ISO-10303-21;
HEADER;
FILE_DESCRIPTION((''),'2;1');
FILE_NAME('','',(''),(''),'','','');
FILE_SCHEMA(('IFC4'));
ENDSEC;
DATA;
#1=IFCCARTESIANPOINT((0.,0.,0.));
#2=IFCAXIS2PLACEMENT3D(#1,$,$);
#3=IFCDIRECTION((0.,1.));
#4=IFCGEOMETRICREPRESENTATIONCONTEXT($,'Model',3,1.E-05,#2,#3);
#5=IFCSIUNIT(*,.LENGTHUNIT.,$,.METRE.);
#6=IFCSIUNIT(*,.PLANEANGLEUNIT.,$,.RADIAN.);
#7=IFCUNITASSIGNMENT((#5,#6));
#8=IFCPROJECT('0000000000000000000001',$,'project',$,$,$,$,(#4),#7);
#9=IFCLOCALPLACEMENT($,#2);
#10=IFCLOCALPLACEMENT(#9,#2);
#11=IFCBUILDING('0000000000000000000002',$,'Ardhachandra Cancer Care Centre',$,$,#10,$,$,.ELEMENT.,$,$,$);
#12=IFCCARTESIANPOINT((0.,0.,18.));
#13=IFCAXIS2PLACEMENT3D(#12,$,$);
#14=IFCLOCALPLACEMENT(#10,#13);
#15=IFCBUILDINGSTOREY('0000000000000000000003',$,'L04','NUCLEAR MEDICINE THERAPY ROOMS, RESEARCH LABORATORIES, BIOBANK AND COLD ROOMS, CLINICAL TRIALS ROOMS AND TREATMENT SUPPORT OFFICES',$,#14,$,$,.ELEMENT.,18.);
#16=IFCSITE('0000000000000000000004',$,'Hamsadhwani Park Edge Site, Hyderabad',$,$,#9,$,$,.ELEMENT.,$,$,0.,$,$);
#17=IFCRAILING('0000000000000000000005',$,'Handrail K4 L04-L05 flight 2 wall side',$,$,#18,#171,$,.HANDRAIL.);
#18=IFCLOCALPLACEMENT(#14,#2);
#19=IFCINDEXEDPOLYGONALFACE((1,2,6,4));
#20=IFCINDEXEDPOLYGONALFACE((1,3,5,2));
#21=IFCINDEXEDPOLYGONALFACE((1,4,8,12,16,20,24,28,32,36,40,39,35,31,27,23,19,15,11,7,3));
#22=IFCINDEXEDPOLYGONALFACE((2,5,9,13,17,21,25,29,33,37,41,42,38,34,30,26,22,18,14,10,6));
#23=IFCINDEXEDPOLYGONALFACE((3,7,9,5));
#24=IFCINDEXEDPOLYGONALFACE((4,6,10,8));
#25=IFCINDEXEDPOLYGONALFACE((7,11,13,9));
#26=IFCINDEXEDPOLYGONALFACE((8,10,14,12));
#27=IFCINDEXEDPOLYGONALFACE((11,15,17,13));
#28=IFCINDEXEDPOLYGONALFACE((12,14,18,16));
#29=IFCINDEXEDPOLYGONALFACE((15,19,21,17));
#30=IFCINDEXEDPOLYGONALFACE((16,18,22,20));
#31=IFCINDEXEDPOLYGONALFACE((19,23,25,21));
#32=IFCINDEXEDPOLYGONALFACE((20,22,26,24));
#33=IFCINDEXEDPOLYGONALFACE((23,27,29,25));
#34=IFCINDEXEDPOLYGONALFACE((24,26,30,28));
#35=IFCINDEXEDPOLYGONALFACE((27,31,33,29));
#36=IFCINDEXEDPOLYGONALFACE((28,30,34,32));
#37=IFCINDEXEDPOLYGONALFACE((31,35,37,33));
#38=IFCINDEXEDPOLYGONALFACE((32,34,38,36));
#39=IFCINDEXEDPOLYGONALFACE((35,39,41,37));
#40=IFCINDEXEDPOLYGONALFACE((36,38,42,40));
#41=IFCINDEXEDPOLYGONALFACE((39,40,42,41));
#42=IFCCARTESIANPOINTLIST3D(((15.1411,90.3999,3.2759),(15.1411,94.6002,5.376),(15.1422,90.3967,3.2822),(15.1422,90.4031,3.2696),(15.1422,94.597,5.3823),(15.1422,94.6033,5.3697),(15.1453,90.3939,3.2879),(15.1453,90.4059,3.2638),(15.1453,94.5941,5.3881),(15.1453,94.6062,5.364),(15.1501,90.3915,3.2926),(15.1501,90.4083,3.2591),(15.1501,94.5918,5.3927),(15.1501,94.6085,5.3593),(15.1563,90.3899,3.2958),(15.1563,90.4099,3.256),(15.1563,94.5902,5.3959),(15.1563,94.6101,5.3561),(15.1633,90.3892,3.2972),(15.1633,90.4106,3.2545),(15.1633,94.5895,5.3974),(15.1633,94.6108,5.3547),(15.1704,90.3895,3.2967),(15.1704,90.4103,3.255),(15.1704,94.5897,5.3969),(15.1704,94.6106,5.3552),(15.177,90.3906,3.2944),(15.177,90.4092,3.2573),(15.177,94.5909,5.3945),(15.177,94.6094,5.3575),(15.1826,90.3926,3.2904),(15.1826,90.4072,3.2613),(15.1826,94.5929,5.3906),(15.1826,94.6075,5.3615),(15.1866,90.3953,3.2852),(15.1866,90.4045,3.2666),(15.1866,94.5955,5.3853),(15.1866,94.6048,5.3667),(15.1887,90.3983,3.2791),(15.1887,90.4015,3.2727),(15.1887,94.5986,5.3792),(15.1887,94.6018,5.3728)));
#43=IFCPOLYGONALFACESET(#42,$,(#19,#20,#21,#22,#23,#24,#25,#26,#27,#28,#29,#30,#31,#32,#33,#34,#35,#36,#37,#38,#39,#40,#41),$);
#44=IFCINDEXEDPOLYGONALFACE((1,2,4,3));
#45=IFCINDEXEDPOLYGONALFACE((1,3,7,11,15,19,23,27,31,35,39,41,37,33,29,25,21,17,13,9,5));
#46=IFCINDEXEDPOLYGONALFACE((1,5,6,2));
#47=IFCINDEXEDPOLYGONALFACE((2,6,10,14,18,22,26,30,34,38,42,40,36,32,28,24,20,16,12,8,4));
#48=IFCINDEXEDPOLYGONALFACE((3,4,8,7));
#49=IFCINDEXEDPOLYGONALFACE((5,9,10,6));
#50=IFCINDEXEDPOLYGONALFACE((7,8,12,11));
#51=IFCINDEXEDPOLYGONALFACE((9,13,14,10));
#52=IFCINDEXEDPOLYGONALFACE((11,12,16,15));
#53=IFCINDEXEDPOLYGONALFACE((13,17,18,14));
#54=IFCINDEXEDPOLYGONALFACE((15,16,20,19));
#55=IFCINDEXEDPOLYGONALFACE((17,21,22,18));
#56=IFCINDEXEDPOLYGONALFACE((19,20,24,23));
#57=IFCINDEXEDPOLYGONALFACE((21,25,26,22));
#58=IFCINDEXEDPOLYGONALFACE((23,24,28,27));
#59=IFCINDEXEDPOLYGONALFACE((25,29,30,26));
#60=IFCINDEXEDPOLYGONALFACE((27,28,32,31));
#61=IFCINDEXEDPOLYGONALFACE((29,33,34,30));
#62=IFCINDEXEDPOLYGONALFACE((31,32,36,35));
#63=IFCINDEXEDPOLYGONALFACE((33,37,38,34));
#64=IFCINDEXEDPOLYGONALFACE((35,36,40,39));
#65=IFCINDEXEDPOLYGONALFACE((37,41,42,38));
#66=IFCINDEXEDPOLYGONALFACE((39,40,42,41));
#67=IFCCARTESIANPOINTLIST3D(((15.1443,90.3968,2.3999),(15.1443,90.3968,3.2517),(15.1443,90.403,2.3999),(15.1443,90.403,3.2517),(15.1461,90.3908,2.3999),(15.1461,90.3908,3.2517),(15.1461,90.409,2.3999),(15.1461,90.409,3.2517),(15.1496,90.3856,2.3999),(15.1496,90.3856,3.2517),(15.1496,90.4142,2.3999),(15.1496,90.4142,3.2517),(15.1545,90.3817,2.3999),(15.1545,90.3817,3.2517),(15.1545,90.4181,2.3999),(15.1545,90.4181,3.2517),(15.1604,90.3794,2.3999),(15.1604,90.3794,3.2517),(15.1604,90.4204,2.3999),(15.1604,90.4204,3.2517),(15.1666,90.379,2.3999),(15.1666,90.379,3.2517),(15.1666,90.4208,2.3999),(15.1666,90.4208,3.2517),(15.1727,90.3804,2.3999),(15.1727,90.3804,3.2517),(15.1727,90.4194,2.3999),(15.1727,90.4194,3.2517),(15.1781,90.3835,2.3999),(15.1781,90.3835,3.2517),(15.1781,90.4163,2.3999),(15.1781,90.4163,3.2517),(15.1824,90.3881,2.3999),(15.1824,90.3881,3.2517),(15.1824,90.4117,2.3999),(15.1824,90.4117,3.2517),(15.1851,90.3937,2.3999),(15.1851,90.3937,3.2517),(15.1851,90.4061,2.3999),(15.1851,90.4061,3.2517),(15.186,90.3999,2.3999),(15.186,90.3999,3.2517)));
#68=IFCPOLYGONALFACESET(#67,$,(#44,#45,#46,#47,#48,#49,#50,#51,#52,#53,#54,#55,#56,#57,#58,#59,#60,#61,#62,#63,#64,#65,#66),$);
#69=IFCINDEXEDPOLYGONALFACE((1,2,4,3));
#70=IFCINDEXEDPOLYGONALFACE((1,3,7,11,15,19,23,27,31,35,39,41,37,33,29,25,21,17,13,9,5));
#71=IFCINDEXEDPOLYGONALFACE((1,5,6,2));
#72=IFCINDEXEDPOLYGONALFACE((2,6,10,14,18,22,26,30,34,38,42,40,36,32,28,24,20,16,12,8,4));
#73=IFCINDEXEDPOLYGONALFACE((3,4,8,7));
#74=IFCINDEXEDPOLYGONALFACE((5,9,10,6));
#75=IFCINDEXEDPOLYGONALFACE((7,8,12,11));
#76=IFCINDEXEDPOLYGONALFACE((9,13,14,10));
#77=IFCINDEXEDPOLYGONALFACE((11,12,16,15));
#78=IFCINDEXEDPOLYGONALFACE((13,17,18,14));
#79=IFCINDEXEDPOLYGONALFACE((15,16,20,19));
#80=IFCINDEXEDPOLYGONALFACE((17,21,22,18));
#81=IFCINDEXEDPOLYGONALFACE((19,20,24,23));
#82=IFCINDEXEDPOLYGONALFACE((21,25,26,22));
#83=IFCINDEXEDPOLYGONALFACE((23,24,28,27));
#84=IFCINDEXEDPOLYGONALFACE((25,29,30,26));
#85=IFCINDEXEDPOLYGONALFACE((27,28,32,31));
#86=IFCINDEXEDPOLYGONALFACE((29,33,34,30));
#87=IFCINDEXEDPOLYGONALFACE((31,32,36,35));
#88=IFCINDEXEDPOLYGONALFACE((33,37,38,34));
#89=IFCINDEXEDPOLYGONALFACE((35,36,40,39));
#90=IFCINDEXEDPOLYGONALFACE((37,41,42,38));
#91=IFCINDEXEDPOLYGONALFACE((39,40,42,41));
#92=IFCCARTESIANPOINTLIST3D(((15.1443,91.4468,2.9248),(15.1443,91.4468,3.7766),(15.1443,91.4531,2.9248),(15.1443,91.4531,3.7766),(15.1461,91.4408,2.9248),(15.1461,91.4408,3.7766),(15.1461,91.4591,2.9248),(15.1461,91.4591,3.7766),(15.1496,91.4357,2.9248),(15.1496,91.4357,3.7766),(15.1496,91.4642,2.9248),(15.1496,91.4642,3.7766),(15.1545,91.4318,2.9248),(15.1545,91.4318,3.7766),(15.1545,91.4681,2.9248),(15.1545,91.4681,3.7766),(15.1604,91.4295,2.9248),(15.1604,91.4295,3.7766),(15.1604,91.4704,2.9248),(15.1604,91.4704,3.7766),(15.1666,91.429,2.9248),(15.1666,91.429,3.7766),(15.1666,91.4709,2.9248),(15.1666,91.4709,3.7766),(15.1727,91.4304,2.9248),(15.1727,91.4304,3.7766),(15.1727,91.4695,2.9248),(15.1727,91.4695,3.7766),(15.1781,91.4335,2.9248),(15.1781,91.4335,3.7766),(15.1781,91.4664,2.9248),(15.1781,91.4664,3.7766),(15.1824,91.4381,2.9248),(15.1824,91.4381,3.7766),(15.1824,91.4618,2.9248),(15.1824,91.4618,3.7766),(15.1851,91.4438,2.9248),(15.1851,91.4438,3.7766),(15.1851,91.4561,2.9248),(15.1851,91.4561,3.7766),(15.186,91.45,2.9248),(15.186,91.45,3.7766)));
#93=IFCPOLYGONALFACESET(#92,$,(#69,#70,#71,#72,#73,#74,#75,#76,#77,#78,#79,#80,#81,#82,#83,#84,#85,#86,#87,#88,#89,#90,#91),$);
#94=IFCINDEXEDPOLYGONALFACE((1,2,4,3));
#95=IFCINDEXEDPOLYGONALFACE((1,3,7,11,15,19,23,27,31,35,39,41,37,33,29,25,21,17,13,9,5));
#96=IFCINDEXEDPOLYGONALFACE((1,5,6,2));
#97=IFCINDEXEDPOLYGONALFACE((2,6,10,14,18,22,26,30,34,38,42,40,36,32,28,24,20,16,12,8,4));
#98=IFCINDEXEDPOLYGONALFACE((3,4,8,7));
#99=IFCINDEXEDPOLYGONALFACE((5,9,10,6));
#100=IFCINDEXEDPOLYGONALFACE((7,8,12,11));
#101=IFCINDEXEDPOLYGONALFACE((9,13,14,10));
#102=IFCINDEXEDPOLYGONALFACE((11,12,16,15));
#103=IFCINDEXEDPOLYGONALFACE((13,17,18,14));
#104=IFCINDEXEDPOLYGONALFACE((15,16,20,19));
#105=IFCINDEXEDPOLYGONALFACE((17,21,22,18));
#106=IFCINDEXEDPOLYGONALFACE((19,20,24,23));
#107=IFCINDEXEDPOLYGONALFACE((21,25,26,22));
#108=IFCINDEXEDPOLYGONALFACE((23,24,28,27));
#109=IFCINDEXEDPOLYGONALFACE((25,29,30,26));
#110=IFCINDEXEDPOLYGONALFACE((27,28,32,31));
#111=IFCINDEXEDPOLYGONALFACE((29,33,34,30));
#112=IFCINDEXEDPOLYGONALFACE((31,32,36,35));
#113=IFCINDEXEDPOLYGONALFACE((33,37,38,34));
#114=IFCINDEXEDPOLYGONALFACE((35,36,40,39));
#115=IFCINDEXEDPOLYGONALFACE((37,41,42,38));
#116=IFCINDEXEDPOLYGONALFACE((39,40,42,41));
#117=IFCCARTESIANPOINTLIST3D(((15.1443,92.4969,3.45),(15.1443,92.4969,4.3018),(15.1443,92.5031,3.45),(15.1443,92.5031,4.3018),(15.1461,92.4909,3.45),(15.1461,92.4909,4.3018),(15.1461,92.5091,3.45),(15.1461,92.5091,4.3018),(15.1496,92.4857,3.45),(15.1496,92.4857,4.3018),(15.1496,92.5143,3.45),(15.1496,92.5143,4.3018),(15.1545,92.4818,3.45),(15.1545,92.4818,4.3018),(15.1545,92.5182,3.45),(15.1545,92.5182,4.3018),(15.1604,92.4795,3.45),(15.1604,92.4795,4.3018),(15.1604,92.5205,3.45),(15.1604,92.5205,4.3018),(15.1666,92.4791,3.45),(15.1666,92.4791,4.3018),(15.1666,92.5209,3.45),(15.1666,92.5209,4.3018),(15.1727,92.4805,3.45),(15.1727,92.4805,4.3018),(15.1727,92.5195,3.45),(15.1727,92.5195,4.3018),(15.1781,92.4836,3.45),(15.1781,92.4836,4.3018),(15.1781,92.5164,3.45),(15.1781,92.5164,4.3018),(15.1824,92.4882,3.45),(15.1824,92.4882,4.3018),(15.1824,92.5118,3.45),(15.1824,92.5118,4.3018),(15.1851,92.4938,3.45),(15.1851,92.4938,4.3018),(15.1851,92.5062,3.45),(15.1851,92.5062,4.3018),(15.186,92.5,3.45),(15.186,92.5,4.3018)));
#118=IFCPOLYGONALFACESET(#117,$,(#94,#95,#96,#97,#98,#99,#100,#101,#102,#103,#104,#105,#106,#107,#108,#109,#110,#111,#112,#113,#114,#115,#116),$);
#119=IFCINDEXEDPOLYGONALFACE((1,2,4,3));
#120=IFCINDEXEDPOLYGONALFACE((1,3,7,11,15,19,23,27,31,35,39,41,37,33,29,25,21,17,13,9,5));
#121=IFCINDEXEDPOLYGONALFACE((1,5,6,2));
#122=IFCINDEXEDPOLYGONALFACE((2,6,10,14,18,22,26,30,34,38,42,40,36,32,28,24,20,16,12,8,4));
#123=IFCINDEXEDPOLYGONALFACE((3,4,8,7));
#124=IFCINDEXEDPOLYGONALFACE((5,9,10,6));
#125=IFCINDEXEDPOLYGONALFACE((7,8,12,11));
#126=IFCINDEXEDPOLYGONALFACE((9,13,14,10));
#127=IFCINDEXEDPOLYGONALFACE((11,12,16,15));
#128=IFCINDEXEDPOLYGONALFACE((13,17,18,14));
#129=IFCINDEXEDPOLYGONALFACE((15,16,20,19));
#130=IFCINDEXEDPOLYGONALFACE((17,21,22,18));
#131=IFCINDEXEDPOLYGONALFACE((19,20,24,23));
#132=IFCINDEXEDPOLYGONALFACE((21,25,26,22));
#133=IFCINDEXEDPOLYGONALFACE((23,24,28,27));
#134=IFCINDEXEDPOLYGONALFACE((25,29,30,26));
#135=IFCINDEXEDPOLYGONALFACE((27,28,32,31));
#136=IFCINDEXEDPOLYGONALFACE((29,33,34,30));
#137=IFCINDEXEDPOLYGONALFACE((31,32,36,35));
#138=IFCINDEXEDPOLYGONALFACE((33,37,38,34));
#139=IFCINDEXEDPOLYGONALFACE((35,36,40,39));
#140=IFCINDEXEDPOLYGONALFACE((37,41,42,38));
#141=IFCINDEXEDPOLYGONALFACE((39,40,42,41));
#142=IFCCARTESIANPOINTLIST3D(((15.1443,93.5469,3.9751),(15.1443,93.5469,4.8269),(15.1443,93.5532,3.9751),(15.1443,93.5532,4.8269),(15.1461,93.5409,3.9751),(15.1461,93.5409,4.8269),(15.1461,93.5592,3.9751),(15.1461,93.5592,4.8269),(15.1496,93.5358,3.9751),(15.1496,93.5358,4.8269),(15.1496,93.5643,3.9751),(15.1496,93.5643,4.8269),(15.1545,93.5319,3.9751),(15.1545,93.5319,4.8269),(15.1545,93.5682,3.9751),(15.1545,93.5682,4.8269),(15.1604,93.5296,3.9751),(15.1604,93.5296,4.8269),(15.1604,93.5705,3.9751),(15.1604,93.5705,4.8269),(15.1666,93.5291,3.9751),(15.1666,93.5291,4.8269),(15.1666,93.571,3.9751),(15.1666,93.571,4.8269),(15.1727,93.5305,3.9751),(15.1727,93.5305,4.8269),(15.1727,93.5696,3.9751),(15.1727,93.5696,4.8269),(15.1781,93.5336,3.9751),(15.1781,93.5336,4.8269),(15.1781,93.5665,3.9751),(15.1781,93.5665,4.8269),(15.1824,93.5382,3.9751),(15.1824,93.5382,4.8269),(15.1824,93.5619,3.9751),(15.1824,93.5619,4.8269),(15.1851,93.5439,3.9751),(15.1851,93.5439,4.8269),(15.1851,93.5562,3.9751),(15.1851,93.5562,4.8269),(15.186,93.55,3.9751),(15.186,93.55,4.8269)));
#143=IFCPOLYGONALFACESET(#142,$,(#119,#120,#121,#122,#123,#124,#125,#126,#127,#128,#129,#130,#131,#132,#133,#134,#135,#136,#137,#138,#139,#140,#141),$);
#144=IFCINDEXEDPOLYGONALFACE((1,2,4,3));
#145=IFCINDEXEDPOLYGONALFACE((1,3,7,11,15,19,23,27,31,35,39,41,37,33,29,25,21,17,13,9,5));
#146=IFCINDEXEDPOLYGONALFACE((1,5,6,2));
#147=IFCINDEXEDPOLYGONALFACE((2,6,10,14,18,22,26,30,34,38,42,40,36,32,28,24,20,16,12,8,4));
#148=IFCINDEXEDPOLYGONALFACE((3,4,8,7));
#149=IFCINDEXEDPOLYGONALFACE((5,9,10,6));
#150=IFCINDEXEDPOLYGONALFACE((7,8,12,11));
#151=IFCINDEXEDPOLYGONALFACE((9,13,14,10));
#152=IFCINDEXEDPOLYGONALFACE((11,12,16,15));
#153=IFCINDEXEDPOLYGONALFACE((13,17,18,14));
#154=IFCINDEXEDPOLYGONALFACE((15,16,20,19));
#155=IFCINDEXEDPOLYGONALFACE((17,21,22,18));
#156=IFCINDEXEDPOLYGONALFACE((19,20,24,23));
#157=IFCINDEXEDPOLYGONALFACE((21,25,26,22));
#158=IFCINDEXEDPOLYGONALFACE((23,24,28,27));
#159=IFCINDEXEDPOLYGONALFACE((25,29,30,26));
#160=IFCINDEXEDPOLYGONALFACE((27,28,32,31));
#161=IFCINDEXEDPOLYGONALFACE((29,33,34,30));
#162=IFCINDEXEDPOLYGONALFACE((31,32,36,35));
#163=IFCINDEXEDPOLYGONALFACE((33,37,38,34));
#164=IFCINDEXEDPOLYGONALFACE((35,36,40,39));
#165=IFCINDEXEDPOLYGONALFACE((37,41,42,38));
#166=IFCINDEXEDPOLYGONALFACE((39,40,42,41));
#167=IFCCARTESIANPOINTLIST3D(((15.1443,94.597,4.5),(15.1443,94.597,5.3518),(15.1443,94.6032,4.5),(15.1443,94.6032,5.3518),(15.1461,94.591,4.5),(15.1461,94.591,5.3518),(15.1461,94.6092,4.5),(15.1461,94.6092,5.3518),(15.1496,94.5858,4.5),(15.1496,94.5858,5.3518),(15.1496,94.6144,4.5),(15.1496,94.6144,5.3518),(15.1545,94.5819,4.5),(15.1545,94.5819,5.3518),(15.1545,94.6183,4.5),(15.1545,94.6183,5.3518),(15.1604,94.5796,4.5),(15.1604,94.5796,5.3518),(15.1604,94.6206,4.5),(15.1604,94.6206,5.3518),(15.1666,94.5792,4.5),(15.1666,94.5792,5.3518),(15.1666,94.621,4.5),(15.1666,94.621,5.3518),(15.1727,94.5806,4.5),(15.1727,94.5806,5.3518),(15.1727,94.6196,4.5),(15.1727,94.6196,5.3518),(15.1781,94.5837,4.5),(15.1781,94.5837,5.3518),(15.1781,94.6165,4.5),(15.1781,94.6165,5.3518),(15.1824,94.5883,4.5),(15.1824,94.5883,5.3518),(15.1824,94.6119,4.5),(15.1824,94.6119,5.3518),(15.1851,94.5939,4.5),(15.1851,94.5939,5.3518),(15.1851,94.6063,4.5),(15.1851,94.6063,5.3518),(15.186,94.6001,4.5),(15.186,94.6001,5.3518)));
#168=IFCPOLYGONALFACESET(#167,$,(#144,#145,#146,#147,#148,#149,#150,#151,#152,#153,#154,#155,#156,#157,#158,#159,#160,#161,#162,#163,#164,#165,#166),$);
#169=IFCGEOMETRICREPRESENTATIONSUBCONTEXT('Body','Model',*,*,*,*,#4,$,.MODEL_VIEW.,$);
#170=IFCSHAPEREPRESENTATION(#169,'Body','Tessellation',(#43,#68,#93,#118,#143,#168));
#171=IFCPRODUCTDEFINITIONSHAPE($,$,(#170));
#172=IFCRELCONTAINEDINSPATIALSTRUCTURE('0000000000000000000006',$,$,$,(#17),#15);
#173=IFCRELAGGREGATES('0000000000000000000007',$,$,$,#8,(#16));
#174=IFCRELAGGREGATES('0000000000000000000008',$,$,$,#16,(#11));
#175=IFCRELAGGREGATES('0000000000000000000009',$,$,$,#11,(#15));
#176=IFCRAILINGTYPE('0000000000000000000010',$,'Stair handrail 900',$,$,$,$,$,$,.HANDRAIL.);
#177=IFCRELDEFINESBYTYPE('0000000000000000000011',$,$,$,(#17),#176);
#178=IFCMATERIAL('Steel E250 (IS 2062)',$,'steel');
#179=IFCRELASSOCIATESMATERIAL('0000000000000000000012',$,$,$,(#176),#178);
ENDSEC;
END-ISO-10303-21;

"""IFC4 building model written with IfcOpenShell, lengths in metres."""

from ifc_helpers import new_model, si_unit, direction, frame, origin, origin_2d, place, context, subcontext, project, spatial, circle, extrude, material, type_object, element, save


model = new_model("IFC4")

# Units and contexts
model_context = context("Model", 3, precision=1e-05, world=origin(), true_north=direction((0.0, 1.0)))
body_context = subcontext(model_context, "Body", "Model", "MODEL_VIEW")
ifc_project = project(units=[si_unit("LENGTHUNIT", "METRE"), si_unit("PLANEANGLEUNIT", "RADIAN")], contexts=[model_context])

# Site, building, storey
site_placement = place(None, origin())
site = spatial("IfcSite", under=ifc_project, at=site_placement, Name="Hamsadhwani Park Edge Site, Hyderabad", CompositionType="ELEMENT", RefElevation=0.0)
building_placement = place(site_placement, origin())
building = spatial("IfcBuilding", under=site, at=building_placement, Name="Ardhachandra Cancer Care Centre", CompositionType="ELEMENT")
storey_placement = place(building_placement, frame((0.0, 0.0, 18.0)))
storey = spatial("IfcBuildingStorey", under=building, at=storey_placement, Name="L04", Description="NUCLEAR MEDICINE THERAPY ROOMS, RESEARCH LABORATORIES, BIOBANK AND COLD ROOMS, CLINICAL TRIALS ROOMS AND TREATMENT SUPPORT OFFICES", CompositionType="ELEMENT", Elevation=18.0)

# Railing
ifc_material_1 = material(Name="Steel E250 (IS 2062)", Category="steel")
railing_type_1 = type_object("IfcRailingType", Name="Stair handrail 900", PredefinedType="HANDRAIL", material=ifc_material_1)
for number, where, name in (
    (1, (15.165, 90.3999, 2.3999), "Handrail K4 L04-L05 flight 2 wall side"),
):
    element("IfcRailing", number, at=place(storey_placement, frame(where)), inside=storey, type_object=railing_type_1, Name=name, PredefinedType="HANDRAIL", context=body_context, shape_type="SweptSolid", body=[
        extrude(circle(Radius=0.0239, at=origin_2d()), frame((0.0, 0.0, 0.876), z_axis=(0.0, 0.894427, 0.447214), x_axis=(-1.0, 0.0, 0.0)), (0.0, 0.0, 1.0), 4.696),
        extrude(circle(Radius=0.021, at=origin_2d()), origin(), (0.0, 0.0, 1.0), 0.8518),
        extrude(circle(Radius=0.021, at=origin_2d()), frame((0.0, 1.05, 0.5249)), (0.0, 0.0, 1.0), 0.8518),
        extrude(circle(Radius=0.021, at=origin_2d()), frame((0.0, 2.1001, 1.05)), (0.0, 0.0, 1.0), 0.8518),
        extrude(circle(Radius=0.021, at=origin_2d()), frame((0.0, 3.1501, 1.5752)), (0.0, 0.0, 1.0), 0.8518),
        extrude(circle(Radius=0.021, at=origin_2d()), frame((0.0, 4.2002, 2.1001)), (0.0, 0.0, 1.0), 0.8518),
    ])

save(model, "model.ifc")
